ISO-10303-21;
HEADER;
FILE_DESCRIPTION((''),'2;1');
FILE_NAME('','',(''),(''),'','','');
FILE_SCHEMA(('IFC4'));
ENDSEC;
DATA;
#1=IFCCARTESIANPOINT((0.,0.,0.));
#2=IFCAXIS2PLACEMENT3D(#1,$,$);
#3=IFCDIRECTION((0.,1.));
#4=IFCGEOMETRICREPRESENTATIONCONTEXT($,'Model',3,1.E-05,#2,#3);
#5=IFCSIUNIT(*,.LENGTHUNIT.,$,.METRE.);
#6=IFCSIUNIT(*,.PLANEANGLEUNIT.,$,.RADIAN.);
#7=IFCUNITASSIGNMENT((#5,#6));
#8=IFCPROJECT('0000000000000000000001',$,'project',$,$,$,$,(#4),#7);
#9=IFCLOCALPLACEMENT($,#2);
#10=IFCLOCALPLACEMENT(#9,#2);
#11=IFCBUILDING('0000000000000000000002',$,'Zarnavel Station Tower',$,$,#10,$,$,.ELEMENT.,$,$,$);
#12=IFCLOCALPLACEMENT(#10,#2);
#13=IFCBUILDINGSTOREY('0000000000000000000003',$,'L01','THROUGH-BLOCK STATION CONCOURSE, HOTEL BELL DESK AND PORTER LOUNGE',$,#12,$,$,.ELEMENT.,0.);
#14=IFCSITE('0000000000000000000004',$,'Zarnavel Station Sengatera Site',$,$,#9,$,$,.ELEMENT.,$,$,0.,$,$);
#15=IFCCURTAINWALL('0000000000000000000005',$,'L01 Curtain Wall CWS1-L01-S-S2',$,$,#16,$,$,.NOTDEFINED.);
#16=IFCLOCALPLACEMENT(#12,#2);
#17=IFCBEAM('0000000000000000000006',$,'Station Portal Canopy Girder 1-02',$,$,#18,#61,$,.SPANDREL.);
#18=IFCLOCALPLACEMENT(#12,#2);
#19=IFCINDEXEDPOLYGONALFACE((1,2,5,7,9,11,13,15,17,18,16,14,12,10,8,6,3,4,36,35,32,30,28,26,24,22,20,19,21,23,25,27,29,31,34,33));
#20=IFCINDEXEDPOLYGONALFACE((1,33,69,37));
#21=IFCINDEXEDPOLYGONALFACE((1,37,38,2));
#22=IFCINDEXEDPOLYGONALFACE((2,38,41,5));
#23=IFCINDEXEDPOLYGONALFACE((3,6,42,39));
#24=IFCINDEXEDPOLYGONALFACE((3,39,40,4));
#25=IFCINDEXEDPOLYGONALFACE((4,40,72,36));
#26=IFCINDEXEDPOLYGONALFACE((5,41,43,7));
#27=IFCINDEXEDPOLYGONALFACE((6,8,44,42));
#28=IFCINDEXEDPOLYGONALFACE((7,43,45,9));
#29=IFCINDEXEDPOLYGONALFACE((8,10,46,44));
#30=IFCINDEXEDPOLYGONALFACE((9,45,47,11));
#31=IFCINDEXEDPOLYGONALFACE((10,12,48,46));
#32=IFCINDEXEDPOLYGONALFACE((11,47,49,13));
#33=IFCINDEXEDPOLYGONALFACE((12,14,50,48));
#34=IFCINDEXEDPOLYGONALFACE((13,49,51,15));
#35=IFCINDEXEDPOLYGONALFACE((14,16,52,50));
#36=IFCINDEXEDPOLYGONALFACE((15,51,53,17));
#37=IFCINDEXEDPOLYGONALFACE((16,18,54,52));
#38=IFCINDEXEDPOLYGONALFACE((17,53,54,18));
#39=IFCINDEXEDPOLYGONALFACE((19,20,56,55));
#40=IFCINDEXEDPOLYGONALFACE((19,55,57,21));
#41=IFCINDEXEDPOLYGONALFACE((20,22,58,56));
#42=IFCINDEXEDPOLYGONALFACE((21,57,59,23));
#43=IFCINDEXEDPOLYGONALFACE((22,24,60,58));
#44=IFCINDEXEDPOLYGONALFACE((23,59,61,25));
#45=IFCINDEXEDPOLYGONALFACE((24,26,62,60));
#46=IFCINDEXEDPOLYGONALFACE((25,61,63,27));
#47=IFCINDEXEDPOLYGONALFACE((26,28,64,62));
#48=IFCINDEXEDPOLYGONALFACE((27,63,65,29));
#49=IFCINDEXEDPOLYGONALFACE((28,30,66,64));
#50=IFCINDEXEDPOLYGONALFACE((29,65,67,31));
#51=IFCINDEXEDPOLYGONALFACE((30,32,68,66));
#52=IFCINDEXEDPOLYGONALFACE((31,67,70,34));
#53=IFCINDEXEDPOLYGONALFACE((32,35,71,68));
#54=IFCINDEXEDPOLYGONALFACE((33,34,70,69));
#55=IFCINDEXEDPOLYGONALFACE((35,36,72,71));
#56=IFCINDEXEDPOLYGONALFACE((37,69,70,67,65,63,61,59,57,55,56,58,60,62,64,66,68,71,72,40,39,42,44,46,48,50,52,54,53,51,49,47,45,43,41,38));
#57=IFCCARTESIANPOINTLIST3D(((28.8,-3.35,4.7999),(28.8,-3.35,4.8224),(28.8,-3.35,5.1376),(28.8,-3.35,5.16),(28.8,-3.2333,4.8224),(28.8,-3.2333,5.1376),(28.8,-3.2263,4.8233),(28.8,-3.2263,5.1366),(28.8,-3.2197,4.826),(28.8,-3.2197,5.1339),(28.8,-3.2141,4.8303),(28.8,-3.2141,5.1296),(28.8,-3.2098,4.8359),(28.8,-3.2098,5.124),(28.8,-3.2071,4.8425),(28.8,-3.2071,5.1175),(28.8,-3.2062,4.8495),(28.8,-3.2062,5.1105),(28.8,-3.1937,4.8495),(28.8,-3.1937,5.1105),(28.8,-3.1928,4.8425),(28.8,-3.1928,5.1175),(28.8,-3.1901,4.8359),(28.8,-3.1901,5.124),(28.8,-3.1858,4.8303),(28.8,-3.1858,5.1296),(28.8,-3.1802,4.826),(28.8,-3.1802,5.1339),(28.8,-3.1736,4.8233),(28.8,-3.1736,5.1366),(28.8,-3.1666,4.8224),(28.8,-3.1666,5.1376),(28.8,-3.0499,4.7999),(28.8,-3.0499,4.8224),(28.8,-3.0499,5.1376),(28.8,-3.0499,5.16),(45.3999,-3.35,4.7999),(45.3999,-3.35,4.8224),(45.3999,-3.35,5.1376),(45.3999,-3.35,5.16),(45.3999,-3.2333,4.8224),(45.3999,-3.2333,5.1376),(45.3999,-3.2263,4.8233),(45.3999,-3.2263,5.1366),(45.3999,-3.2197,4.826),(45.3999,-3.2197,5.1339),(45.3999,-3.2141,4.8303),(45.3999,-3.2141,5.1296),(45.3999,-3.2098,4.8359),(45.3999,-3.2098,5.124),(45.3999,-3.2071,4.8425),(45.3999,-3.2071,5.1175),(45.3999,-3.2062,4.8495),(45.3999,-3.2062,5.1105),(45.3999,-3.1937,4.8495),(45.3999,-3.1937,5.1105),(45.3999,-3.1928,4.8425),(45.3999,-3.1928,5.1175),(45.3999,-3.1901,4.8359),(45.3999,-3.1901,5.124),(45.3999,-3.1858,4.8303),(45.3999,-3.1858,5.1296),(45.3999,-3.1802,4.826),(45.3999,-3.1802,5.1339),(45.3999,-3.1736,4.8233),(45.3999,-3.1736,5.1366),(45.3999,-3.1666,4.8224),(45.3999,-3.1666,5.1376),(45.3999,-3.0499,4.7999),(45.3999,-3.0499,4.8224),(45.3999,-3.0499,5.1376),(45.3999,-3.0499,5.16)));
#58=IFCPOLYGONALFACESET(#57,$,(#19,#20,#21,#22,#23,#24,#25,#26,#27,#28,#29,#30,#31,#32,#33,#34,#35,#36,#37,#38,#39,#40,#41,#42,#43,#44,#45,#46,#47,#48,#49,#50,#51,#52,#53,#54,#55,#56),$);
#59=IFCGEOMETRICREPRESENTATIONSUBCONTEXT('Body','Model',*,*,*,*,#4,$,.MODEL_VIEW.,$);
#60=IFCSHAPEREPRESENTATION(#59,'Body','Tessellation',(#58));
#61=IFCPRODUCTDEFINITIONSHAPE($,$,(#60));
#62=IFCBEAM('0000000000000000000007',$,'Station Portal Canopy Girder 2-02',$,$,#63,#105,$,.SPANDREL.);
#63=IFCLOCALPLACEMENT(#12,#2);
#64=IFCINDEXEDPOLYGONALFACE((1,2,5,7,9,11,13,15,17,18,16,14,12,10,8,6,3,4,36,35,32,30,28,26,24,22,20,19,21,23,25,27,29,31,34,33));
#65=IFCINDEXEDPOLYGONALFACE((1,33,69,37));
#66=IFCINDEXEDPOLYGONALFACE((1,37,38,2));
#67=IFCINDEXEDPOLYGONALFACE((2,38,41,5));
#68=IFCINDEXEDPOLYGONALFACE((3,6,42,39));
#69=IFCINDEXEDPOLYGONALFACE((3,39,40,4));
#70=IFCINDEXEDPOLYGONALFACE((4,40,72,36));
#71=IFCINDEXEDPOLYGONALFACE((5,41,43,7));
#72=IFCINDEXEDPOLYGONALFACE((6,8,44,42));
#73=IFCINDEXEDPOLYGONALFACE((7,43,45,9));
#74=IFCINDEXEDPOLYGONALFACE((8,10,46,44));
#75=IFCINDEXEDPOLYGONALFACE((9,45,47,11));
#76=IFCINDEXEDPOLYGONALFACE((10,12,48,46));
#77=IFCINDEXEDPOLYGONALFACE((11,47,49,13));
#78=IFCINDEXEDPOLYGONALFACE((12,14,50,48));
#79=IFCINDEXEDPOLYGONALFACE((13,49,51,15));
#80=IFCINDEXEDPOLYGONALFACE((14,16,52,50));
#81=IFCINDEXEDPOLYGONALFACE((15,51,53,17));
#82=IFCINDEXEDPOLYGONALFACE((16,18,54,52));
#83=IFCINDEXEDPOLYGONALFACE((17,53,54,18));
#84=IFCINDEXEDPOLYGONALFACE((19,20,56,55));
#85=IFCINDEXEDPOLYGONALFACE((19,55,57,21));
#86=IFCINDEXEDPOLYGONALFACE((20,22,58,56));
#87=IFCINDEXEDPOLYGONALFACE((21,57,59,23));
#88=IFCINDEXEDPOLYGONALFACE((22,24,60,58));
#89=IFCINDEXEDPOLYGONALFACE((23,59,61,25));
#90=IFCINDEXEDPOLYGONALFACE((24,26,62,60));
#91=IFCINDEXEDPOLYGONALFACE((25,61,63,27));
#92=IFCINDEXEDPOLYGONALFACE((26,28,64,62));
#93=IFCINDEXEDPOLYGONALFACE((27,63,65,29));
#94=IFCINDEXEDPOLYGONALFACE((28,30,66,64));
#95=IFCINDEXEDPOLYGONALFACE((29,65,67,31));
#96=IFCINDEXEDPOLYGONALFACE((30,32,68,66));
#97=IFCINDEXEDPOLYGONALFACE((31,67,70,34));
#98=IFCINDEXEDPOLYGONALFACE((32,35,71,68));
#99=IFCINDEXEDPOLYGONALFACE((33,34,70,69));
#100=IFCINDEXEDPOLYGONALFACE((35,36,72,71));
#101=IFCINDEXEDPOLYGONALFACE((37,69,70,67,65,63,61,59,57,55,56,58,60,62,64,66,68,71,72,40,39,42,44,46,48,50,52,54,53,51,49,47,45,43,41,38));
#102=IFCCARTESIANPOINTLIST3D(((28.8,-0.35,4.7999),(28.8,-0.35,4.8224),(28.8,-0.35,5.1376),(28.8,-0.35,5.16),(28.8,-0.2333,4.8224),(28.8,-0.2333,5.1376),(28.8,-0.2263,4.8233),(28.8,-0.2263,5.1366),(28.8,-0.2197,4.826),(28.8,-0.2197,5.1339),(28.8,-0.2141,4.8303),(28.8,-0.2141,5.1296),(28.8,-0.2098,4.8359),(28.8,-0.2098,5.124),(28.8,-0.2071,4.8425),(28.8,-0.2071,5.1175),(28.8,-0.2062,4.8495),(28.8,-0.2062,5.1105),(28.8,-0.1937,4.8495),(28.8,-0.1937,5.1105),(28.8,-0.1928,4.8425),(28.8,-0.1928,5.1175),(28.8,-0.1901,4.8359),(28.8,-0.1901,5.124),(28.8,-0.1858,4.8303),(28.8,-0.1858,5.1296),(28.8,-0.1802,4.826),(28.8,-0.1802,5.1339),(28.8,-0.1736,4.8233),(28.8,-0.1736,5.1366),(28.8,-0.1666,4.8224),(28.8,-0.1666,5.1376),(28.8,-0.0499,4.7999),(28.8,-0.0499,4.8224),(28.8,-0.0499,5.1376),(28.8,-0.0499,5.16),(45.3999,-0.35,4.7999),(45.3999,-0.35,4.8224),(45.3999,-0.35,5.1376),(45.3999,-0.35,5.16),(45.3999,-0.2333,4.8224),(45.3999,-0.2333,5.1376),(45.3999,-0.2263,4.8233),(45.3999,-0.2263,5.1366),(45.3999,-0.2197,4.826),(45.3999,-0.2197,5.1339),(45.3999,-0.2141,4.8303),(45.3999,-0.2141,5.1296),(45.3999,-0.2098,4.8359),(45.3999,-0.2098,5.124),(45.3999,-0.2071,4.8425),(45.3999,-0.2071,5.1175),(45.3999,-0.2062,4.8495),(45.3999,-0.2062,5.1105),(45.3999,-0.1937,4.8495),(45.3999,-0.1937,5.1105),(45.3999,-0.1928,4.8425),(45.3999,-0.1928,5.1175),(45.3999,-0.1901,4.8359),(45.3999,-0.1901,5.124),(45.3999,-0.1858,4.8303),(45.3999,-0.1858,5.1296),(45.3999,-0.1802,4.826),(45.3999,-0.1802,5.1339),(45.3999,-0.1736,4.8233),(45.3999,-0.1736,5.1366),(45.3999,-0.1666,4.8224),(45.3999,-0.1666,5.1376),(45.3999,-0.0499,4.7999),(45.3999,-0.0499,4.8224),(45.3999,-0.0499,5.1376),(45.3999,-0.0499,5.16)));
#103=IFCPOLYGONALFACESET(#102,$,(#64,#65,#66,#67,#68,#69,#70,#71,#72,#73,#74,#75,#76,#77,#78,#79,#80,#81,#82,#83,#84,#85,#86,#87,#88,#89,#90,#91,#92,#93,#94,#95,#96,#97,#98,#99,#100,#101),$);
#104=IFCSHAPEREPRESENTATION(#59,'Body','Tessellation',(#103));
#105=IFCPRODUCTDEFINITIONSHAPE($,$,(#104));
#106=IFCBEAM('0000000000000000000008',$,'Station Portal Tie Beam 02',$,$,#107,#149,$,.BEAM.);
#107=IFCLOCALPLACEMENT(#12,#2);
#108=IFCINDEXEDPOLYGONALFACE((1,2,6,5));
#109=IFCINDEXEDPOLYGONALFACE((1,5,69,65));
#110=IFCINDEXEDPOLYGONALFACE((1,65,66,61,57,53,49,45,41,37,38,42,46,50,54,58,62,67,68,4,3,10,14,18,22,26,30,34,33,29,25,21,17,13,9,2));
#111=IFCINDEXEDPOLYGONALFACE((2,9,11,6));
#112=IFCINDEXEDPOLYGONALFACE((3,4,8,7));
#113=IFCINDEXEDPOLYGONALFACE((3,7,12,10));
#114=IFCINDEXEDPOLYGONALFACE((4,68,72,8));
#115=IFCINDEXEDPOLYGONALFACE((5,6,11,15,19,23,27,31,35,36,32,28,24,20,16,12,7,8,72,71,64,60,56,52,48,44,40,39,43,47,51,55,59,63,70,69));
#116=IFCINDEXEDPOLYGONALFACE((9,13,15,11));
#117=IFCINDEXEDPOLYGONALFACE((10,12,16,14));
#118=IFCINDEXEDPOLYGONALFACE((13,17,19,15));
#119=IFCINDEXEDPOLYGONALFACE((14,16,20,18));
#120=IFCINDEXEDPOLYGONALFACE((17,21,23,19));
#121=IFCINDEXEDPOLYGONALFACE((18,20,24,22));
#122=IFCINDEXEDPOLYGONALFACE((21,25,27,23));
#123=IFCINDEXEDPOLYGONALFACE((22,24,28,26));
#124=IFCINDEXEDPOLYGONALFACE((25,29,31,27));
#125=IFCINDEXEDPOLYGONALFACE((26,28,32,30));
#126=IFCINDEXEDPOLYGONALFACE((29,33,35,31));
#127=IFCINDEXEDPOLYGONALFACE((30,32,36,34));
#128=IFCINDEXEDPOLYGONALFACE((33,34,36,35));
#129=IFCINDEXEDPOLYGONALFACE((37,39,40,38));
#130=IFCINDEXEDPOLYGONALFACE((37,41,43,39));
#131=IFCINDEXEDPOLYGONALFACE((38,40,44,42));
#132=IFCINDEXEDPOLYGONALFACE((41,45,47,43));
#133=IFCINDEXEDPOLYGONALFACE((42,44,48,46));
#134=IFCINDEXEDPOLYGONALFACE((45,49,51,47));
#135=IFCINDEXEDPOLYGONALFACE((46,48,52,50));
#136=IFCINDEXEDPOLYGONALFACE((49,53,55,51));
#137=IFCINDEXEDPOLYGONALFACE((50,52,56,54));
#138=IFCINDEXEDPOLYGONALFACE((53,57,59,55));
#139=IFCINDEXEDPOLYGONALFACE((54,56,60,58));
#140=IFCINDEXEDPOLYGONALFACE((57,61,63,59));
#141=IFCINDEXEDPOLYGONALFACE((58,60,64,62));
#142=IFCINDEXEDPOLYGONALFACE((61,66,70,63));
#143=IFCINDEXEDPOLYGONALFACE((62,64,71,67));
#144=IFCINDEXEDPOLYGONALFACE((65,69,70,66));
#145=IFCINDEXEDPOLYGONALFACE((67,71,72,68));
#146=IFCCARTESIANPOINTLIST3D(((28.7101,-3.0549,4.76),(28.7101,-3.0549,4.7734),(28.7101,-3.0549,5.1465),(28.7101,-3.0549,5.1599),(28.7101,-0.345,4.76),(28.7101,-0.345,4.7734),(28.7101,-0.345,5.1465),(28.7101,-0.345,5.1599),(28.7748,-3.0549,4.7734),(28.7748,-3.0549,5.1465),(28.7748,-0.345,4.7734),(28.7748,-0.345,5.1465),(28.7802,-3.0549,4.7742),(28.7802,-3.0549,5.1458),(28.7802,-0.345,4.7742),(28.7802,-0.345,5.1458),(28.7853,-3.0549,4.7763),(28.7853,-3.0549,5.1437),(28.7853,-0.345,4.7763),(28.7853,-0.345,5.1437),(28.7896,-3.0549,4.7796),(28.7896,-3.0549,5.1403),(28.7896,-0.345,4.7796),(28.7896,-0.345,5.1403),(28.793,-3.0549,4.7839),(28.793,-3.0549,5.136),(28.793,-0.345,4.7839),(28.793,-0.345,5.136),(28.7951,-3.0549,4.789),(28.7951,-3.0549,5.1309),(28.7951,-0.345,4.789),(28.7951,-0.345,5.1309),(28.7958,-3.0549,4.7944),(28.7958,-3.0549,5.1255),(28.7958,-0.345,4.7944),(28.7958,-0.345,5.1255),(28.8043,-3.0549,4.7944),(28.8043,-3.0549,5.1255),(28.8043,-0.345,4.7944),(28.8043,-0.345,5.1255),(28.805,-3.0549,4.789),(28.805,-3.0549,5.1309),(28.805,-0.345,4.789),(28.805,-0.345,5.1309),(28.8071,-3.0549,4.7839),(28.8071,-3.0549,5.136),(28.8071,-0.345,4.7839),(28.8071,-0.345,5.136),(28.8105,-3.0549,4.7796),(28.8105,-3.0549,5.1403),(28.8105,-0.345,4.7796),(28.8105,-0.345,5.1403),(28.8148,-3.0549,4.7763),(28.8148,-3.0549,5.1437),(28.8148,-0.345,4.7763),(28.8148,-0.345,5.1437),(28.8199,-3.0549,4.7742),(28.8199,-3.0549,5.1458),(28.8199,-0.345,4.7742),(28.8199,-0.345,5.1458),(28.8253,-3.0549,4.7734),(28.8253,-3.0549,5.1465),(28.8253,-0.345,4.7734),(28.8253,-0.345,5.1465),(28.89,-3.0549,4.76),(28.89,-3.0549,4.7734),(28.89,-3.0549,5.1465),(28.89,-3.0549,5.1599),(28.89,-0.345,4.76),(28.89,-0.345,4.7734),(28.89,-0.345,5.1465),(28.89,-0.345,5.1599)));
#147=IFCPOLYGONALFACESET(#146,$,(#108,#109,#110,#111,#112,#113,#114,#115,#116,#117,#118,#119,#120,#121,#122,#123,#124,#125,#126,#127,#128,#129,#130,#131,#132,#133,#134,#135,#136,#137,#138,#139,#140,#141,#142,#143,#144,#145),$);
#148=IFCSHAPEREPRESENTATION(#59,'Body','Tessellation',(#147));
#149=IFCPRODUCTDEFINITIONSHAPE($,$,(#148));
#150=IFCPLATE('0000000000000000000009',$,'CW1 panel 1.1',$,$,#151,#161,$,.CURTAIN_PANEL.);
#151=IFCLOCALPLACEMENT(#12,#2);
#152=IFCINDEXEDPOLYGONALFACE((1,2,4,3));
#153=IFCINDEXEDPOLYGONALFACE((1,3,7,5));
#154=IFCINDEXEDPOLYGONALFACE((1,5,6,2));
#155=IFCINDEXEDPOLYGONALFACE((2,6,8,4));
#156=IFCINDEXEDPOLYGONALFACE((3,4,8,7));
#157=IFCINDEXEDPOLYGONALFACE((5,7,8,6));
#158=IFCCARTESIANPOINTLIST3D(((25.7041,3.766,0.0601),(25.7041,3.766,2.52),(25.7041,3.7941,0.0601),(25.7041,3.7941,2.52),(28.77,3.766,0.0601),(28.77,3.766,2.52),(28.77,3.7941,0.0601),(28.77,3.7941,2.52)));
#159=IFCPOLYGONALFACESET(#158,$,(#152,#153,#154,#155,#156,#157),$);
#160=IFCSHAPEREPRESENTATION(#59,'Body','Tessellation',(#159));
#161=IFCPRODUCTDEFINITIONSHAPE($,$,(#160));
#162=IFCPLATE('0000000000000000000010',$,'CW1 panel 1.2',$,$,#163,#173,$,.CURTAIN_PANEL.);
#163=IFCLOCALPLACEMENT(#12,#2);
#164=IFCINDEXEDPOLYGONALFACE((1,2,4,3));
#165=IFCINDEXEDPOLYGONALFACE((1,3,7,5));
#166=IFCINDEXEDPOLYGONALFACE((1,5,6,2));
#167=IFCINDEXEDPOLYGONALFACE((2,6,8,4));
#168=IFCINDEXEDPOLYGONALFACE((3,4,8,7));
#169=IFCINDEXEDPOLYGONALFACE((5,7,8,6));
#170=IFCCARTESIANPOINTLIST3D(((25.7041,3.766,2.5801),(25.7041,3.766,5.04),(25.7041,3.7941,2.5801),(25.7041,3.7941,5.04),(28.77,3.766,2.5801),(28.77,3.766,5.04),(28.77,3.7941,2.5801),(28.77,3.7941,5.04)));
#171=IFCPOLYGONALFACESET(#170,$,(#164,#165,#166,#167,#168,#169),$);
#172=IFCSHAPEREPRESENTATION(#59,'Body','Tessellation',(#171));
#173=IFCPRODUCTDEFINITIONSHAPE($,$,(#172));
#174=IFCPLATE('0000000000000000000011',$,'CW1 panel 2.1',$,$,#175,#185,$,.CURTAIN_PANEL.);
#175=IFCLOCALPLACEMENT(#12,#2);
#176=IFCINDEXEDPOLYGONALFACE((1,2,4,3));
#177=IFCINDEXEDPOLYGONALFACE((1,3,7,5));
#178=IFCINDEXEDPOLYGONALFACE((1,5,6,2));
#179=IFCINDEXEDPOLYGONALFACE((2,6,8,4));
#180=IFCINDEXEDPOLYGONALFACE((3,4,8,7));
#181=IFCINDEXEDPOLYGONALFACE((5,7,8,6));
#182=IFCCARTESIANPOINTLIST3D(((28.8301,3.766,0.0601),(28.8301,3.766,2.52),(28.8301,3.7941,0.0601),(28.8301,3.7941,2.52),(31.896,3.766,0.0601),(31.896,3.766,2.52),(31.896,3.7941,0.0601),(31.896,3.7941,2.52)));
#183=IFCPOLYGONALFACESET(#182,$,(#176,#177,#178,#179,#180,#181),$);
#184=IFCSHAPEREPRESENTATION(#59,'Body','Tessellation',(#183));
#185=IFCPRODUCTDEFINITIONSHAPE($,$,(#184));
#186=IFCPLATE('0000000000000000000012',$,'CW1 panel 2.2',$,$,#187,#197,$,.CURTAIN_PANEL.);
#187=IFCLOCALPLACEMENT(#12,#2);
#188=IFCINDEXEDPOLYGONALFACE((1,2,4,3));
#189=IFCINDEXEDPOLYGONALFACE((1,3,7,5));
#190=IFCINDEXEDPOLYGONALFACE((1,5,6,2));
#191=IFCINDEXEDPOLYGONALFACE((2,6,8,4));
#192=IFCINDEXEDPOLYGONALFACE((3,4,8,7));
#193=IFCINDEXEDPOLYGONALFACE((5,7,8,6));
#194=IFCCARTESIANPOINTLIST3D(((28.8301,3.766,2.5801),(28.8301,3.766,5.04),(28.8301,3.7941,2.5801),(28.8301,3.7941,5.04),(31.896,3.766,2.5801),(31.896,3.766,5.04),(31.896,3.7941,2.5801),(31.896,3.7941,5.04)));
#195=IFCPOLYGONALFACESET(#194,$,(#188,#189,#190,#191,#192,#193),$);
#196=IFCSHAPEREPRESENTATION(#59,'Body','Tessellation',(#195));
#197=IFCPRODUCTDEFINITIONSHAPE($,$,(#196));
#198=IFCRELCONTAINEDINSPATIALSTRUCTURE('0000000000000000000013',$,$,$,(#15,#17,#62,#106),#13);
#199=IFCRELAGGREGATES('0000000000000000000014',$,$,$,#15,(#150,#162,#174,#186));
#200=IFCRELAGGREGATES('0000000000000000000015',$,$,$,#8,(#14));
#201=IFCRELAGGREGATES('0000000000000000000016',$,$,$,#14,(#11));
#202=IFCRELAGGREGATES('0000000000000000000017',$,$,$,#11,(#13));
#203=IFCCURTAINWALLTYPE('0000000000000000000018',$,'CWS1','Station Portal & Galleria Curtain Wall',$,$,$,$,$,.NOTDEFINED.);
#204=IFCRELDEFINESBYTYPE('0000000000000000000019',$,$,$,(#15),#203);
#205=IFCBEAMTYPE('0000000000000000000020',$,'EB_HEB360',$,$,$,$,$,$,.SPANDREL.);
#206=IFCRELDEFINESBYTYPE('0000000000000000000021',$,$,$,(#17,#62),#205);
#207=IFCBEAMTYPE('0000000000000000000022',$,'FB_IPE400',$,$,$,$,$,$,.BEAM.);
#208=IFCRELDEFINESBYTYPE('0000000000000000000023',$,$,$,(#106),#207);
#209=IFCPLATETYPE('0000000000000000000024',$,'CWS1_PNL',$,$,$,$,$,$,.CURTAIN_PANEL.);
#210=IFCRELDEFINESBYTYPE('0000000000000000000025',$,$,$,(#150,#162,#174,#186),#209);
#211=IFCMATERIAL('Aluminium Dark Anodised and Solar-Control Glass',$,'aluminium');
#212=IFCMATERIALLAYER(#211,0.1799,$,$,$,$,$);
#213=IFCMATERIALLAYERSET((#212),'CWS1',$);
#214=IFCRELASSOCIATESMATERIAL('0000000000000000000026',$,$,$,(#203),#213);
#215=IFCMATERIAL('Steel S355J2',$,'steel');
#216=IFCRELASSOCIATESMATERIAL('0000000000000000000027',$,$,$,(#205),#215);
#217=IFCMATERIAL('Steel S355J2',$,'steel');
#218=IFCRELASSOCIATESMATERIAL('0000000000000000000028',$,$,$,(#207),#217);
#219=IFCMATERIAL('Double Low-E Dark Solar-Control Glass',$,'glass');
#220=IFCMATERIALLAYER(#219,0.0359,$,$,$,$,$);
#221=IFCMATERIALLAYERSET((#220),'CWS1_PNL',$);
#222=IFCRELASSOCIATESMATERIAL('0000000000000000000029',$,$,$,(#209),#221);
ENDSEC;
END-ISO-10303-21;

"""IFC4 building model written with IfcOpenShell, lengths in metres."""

from ifc_helpers import new_model, si_unit, direction, frame, origin, origin_2d, place, context, subcontext, project, spatial, rectangle, i_section, extrude, material, layer, layer_set, material_profile, profile_set, type_object, element, aggregate, save


model = new_model("IFC4")

# Units and contexts
model_context = context("Model", 3, precision=1e-05, world=origin(), true_north=direction((0.0, 1.0)))
body_context = subcontext(model_context, "Body", "Model", "MODEL_VIEW")
ifc_project = project(units=[si_unit("LENGTHUNIT", "METRE"), si_unit("PLANEANGLEUNIT", "RADIAN")], contexts=[model_context])

# Site, building, storey
site_placement = place(None, origin())
site = spatial("IfcSite", under=ifc_project, at=site_placement, Name="Zarnavel Station Sengatera Site", CompositionType="ELEMENT", RefElevation=0.0)
building_placement = place(site_placement, origin())
building = spatial("IfcBuilding", under=site, at=building_placement, Name="Zarnavel Station Tower", CompositionType="ELEMENT")
storey_placement = place(building_placement, origin())
storey = spatial("IfcBuildingStorey", under=building, at=storey_placement, Name="L01", Description="THROUGH-BLOCK STATION CONCOURSE, HOTEL BELL DESK AND PORTER LOUNGE", CompositionType="ELEMENT", Elevation=0.0)

# Curtain wall
ifc_material_1 = material(Name="Aluminium Dark Anodised and Solar-Control Glass", Category="aluminium")
ifc_layer_1 = layer(ifc_material_1, 0.1799)
ifc_layer_set_1 = layer_set([ifc_layer_1], Name="CWS1")
curtain_wall_type = type_object("IfcCurtainWallType", Name="CWS1", Description="Station Portal & Galleria Curtain Wall", PredefinedType="NOTDEFINED", material=ifc_layer_set_1)
curtain_wall_1_placement = place(storey_placement, origin())
curtain_wall_1 = element("IfcCurtainWall", 1, at=curtain_wall_1_placement, inside=storey, type_object=curtain_wall_type, Name="L01 Curtain Wall CWS1-L01-S-S2", PredefinedType="NOTDEFINED")

# Beams
ifc_material_2 = material(Name="Steel S355J2", Category="steel")
ifc_material_profile_1 = material_profile(ifc_material_2, i_section(OverallWidth=0.3, OverallDepth=0.3601, WebThickness=0.0125, FlangeThickness=0.0225, FilletRadius=0.0271, at=origin_2d()), Name="HEB360")
ifc_profile_set_1 = profile_set([ifc_material_profile_1], Name="Steel S355J2")
beam_type_1 = type_object("IfcBeamType", Name="EB_HEB360", PredefinedType="SPANDREL", material=ifc_profile_set_1)
for number, where, z_axis, x_axis, name in (
    (2, (28.8, -3.2, 4.98), (1.0, 0.0, 0.0), (0.0, 1.0, 0.0), "Station Portal Canopy Girder 1-02"),
    (3, (28.8, -0.2, 4.98), (1.0, 0.0, 0.0), (0.0, 1.0, 0.0), "Station Portal Canopy Girder 2-02"),
):
    element("IfcBeam", number, at=place(storey_placement, frame(where, z_axis=z_axis, x_axis=x_axis)), inside=storey, type_object=beam_type_1, Name=name, PredefinedType="SPANDREL", context=body_context, shape_type="SweptSolid", body=[
        extrude(i_section(OverallWidth=0.3, OverallDepth=0.3601, WebThickness=0.0125, FlangeThickness=0.0225, FilletRadius=0.0271, at=origin_2d()), origin(), (0.0, 0.0, 1.0), 16.5999),
    ])
ifc_material_3 = material(Name="Steel S355J2", Category="steel")
ifc_material_profile_2 = material_profile(ifc_material_3, i_section(OverallWidth=0.1799, OverallDepth=0.3999, WebThickness=0.0085, FlangeThickness=0.0134, FilletRadius=0.021, at=origin_2d()), Name="IPE400")
ifc_profile_set_2 = profile_set([ifc_material_profile_2], Name="Steel S355J2")
beam_type_2 = type_object("IfcBeamType", Name="FB_IPE400", PredefinedType="BEAM", material=ifc_profile_set_2)
beam_placement = place(storey_placement, frame((28.8, -3.0549, 4.96), z_axis=(0.0, 1.0, 0.0), x_axis=(-1.0, 0.0, 0.0)))
element("IfcBeam", 4, at=beam_placement, inside=storey, type_object=beam_type_2, Name="Station Portal Tie Beam 02", PredefinedType="BEAM", context=body_context, shape_type="SweptSolid", body=[
    extrude(i_section(OverallWidth=0.1799, OverallDepth=0.3999, WebThickness=0.0085, FlangeThickness=0.0134, FilletRadius=0.021, at=origin_2d()), origin(), (0.0, 0.0, 1.0), 2.71),
])

# Plates
ifc_material_4 = material(Name="Double Low-E Dark Solar-Control Glass", Category="glass")
ifc_layer_2 = layer(ifc_material_4, 0.0359)
ifc_layer_set_2 = layer_set([ifc_layer_2], Name="CWS1_PNL")
plate_type = type_object("IfcPlateType", Name="CWS1_PNL", PredefinedType="CURTAIN_PANEL", material=ifc_layer_set_2)
plate_1_placement = place(storey_placement, frame((27.2371, 3.78, 0.0601), z_axis=(0.0, 0.0, 1.0), x_axis=(1.0, 0.0, 0.0)))
plate_1 = element("IfcPlate", 5, at=plate_1_placement, type_object=plate_type, Name="CW1 panel 1.1", PredefinedType="CURTAIN_PANEL", context=body_context, shape_type="SweptSolid", body=[
    extrude(rectangle(XDim=3.0659, YDim=0.0281, at=origin_2d()), origin(), (0.0, 0.0, 1.0), 2.46),
])
plate_2_placement = place(storey_placement, frame((27.2371, 3.78, 2.5801), z_axis=(0.0, 0.0, 1.0), x_axis=(1.0, 0.0, 0.0)))
plate_2 = element("IfcPlate", 6, at=plate_2_placement, type_object=plate_type, Name="CW1 panel 1.2", PredefinedType="CURTAIN_PANEL", context=body_context, shape_type="SweptSolid", body=[
    extrude(rectangle(XDim=3.0659, YDim=0.0281, at=origin_2d()), origin(), (0.0, 0.0, 1.0), 2.46),
])
plate_3_placement = place(storey_placement, frame((30.363, 3.78, 0.0601), z_axis=(0.0, 0.0, 1.0), x_axis=(1.0, 0.0, 0.0)))
plate_3 = element("IfcPlate", 7, at=plate_3_placement, type_object=plate_type, Name="CW1 panel 2.1", PredefinedType="CURTAIN_PANEL", context=body_context, shape_type="SweptSolid", body=[
    extrude(rectangle(XDim=3.0659, YDim=0.0281, at=origin_2d()), origin(), (0.0, 0.0, 1.0), 2.46),
])
plate_4_placement = place(storey_placement, frame((30.363, 3.78, 2.5801), z_axis=(0.0, 0.0, 1.0), x_axis=(1.0, 0.0, 0.0)))
plate_4 = element("IfcPlate", 8, at=plate_4_placement, type_object=plate_type, Name="CW1 panel 2.2", PredefinedType="CURTAIN_PANEL", context=body_context, shape_type="SweptSolid", body=[
    extrude(rectangle(XDim=3.0659, YDim=0.0281, at=origin_2d()), origin(), (0.0, 0.0, 1.0), 2.46),
])
aggregate(curtain_wall_1, [plate_1, plate_2, plate_3, plate_4])

save(model, "model.ifc")
